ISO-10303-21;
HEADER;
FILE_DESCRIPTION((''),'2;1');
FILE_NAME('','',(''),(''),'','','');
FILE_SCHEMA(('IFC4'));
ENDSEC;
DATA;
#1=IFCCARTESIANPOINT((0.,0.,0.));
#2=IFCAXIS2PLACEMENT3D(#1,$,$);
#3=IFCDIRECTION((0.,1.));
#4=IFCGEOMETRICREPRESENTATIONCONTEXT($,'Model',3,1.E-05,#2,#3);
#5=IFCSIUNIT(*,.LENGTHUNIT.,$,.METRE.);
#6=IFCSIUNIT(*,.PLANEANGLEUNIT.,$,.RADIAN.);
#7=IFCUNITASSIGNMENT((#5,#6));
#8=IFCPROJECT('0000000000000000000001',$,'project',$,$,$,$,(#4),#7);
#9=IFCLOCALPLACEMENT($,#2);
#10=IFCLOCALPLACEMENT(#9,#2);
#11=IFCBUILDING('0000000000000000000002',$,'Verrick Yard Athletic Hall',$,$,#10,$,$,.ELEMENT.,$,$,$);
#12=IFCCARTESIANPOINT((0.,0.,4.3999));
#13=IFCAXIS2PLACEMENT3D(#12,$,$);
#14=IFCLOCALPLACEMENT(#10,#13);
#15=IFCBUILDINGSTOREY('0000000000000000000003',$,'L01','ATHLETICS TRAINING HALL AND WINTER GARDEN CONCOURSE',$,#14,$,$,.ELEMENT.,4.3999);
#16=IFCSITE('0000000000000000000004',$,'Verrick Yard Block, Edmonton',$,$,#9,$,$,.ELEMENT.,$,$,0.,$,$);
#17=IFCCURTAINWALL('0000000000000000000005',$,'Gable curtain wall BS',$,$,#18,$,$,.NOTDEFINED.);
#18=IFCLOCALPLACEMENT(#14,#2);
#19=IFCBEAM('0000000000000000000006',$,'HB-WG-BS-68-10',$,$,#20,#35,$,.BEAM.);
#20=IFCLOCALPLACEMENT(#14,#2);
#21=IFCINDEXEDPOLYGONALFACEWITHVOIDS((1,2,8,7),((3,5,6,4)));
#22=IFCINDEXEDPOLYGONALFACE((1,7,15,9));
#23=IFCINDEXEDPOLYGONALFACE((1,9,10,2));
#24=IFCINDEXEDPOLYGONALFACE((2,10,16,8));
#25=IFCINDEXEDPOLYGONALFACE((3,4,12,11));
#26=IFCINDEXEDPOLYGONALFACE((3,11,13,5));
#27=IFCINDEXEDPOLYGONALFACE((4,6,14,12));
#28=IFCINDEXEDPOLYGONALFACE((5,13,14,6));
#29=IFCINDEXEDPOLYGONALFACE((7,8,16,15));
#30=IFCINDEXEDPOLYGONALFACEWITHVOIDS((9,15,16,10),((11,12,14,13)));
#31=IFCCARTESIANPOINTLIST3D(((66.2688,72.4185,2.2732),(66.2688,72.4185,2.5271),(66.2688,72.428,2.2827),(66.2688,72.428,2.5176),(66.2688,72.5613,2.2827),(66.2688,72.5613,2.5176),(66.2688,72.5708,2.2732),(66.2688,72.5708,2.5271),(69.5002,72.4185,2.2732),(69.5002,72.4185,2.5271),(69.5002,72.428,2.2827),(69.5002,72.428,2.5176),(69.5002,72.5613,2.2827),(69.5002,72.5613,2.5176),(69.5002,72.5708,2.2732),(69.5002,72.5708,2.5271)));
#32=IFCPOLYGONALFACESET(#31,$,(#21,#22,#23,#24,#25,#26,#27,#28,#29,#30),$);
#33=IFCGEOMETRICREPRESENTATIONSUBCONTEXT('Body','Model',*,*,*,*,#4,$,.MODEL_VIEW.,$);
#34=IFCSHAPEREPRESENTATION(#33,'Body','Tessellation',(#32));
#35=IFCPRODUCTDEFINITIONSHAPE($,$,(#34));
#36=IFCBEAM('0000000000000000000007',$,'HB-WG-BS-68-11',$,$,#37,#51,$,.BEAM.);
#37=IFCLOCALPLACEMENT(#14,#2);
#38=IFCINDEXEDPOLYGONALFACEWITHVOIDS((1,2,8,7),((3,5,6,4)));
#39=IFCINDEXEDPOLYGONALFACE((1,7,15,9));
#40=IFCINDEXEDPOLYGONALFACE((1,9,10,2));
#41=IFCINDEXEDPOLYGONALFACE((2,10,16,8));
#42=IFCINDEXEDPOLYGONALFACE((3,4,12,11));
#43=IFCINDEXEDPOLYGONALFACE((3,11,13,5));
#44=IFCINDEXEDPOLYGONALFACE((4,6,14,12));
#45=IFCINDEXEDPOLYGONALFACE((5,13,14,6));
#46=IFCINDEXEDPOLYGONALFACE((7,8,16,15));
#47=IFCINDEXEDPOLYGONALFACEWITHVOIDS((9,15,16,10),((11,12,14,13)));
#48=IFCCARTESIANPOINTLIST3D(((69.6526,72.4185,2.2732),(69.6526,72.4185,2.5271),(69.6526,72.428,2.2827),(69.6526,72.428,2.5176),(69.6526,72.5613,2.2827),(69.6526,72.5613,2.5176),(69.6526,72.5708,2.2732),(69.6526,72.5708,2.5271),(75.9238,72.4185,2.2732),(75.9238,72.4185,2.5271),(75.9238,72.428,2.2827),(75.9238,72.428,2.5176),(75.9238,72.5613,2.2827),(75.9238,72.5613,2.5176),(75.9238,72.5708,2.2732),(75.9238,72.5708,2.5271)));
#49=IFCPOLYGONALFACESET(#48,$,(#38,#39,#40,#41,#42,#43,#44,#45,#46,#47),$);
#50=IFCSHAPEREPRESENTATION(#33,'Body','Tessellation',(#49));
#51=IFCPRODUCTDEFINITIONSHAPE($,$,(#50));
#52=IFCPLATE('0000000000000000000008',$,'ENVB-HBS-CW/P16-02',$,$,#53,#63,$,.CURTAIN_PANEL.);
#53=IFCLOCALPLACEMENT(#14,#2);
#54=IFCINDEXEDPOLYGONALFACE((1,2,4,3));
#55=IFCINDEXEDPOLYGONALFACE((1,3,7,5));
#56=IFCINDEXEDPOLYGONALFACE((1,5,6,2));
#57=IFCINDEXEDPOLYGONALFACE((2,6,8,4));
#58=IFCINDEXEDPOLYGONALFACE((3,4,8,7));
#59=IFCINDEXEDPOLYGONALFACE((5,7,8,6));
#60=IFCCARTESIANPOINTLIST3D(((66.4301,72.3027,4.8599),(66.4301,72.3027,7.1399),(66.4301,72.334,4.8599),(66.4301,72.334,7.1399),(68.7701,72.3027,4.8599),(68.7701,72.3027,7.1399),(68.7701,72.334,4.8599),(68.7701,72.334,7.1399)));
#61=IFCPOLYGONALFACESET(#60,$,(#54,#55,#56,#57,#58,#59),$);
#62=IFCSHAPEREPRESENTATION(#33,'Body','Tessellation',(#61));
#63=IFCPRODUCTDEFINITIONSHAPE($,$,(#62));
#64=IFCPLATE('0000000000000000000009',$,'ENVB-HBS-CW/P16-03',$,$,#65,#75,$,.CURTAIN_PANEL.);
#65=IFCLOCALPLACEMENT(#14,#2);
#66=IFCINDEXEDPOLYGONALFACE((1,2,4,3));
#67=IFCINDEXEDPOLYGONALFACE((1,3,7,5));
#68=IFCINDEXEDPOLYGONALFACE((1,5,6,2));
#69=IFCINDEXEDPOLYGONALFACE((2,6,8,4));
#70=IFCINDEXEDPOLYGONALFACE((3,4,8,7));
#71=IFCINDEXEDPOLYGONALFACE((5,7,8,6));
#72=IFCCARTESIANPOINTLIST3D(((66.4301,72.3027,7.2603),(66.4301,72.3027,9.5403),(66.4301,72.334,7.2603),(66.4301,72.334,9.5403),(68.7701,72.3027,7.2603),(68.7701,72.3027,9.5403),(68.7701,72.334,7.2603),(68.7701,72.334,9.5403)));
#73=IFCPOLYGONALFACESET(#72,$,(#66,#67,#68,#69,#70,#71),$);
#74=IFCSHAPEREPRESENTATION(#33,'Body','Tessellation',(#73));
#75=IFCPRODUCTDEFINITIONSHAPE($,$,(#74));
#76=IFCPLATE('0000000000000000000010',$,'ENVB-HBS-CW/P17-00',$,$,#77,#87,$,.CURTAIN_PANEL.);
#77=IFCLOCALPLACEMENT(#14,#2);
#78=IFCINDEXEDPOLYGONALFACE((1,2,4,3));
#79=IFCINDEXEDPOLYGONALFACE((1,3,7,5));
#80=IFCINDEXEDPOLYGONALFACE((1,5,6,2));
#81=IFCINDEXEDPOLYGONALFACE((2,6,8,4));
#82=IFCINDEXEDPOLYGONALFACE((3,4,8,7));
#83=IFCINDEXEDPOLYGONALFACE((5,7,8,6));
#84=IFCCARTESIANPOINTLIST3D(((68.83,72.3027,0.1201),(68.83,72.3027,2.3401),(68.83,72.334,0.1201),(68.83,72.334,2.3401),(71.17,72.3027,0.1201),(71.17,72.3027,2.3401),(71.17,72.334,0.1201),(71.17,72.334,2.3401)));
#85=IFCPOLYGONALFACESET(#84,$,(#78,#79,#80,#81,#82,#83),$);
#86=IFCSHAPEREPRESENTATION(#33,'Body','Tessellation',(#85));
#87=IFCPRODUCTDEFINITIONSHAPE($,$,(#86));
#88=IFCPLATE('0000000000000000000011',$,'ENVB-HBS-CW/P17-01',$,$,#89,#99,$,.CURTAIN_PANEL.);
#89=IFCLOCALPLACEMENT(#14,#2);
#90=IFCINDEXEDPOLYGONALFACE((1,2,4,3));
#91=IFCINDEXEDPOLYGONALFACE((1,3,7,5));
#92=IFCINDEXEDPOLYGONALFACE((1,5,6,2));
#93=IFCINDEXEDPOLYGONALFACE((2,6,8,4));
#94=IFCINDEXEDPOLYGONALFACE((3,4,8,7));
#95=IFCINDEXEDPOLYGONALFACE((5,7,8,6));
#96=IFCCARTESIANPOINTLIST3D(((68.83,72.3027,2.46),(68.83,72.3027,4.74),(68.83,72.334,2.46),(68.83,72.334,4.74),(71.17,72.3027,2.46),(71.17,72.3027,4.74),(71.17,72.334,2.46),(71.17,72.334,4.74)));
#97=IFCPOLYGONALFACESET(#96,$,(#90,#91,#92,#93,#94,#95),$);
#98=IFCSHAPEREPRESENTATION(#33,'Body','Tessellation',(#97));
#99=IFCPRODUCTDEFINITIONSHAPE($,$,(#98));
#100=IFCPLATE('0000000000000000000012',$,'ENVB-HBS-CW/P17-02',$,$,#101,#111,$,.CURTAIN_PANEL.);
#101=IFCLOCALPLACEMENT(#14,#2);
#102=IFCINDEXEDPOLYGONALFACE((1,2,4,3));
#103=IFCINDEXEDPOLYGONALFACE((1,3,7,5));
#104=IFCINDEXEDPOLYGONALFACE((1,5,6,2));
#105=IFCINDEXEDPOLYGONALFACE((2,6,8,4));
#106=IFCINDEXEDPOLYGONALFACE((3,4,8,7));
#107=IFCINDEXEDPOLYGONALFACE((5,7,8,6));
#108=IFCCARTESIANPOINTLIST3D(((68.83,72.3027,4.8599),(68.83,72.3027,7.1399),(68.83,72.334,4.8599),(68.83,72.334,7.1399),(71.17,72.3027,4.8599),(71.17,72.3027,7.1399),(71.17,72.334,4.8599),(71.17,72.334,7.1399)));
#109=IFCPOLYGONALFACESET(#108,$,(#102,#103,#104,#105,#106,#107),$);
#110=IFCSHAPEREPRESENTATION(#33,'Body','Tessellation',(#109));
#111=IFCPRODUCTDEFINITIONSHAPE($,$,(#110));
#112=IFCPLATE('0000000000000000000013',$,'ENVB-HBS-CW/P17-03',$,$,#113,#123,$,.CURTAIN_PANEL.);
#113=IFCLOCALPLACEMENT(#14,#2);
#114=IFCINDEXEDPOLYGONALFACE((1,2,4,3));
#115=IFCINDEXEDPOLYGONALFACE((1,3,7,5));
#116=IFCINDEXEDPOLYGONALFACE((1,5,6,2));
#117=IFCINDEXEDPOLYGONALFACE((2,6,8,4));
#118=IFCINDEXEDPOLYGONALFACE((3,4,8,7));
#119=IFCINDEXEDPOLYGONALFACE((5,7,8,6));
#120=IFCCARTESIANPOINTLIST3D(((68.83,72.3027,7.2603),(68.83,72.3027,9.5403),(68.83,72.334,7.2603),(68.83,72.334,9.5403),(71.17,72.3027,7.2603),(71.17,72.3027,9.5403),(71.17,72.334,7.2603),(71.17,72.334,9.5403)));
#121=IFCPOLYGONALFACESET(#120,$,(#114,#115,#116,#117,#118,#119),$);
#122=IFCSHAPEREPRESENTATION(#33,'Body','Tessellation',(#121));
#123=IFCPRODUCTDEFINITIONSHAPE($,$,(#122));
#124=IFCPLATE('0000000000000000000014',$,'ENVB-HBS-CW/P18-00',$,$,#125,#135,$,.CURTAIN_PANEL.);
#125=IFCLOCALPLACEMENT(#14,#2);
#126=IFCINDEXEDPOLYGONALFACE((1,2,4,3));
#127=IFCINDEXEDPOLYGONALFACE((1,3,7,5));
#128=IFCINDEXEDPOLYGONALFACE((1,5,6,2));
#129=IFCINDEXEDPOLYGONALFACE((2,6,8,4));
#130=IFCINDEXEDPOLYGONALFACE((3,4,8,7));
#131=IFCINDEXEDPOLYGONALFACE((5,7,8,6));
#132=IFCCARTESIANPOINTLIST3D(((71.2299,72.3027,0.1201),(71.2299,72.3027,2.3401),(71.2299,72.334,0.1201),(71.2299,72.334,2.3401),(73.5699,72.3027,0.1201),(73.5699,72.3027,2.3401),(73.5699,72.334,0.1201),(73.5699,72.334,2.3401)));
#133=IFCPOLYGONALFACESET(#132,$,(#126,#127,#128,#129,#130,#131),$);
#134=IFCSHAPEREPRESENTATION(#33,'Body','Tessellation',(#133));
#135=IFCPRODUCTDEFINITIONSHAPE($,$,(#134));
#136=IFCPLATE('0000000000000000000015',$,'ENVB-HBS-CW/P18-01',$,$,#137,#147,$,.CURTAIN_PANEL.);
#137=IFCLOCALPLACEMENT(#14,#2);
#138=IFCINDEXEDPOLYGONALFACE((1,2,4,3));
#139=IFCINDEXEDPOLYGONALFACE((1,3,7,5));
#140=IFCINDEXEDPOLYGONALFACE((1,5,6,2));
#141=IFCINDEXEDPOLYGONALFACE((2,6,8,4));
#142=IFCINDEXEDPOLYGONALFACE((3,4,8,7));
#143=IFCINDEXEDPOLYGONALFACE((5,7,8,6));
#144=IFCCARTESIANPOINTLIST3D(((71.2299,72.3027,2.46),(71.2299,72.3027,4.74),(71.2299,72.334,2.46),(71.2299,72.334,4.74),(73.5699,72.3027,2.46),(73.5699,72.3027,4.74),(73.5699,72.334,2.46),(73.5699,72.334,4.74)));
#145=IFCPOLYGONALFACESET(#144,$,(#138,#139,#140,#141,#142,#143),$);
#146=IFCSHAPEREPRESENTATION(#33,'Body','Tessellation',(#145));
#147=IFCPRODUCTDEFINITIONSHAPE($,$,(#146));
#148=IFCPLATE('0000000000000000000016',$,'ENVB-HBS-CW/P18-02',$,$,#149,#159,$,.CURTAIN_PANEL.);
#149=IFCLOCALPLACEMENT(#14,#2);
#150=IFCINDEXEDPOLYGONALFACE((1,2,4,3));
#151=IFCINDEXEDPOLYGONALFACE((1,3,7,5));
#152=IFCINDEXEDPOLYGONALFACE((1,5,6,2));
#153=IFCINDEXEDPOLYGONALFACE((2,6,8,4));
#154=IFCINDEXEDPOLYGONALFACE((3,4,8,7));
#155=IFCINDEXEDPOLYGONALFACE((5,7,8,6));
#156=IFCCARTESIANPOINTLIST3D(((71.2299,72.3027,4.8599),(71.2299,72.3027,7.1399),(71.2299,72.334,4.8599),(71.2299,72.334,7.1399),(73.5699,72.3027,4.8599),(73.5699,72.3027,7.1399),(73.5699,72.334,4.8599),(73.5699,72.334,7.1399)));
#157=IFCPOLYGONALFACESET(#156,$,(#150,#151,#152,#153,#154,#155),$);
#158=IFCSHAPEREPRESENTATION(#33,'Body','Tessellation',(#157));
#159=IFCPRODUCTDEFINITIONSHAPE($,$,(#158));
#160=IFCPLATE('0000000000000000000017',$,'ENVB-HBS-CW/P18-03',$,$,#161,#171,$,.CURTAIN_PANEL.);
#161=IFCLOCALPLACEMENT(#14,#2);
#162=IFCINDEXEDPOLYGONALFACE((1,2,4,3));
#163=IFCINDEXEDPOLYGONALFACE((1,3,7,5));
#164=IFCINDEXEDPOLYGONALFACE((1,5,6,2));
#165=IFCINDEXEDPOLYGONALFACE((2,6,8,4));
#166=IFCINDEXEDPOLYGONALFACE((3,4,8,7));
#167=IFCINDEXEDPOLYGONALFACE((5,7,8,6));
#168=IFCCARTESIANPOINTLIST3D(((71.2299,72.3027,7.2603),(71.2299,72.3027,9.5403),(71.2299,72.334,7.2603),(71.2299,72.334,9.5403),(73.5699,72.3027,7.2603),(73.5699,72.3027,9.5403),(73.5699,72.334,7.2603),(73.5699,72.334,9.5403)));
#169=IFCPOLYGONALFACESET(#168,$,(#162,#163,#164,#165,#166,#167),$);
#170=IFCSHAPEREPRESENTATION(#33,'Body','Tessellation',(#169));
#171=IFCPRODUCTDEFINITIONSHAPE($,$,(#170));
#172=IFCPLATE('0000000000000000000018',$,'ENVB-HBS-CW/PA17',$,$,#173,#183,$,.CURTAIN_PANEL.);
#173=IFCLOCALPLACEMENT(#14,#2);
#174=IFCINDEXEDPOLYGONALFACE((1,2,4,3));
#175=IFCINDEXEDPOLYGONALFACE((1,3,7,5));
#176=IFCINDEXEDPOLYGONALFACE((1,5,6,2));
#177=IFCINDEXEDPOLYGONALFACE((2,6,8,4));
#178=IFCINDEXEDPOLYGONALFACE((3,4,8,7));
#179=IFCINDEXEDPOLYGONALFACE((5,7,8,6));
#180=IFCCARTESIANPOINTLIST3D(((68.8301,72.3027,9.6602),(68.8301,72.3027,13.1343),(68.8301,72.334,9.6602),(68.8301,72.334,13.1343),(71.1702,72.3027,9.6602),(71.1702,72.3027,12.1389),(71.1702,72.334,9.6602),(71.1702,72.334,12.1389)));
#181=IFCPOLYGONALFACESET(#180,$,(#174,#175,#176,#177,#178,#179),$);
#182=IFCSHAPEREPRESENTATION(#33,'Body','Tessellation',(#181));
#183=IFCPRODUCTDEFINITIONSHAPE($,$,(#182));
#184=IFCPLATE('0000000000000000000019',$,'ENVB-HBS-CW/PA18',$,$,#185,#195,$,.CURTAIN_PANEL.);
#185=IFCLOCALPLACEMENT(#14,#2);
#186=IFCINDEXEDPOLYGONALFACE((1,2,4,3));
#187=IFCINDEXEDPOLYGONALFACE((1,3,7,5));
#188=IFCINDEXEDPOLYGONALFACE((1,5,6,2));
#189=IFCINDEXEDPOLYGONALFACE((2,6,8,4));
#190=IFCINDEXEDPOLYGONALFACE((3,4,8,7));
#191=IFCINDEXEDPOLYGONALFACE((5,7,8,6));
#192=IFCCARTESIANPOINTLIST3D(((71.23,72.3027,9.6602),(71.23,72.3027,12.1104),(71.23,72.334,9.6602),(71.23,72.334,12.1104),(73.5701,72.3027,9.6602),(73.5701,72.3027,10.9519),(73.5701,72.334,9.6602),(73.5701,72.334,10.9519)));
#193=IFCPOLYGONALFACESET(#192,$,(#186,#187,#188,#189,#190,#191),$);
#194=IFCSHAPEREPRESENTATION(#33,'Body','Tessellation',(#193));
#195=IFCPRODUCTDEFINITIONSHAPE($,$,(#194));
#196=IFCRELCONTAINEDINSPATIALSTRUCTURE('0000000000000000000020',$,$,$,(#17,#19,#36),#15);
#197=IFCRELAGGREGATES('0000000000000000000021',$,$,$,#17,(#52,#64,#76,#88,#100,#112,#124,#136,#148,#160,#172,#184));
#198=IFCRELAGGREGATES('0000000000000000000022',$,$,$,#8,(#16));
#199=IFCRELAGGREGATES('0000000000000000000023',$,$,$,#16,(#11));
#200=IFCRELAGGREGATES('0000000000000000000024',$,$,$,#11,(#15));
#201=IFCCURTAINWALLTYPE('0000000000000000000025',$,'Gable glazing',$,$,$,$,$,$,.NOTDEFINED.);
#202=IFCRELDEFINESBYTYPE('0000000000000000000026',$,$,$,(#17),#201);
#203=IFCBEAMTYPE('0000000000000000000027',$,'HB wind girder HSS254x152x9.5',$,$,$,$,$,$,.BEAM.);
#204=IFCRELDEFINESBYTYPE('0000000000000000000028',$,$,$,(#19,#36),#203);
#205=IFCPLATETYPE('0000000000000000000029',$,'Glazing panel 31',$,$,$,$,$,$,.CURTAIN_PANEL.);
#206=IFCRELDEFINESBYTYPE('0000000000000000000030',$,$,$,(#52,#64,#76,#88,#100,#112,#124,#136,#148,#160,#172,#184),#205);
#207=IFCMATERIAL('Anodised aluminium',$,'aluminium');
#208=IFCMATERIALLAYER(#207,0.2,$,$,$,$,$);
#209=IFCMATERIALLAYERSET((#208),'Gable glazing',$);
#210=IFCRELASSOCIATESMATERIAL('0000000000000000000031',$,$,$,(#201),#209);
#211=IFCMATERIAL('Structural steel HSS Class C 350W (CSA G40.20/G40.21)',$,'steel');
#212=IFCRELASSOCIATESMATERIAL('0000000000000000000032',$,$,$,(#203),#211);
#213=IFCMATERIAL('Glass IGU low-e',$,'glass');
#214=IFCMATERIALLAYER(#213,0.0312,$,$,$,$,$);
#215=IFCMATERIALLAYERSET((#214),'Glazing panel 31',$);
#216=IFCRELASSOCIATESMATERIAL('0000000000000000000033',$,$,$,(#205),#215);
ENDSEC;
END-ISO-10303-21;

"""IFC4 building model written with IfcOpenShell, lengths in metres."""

from ifc_helpers import new_model, si_unit, direction, frame, origin, origin_2d, place, context, subcontext, project, spatial, polyline, rectangle, hollow_rectangle, outline, extrude, material, layer, layer_set, material_profile, profile_set, type_object, element, aggregate, save


model = new_model("IFC4")

# Units and contexts
model_context = context("Model", 3, precision=1e-05, world=origin(), true_north=direction((0.0, 1.0)))
body_context = subcontext(model_context, "Body", "Model", "MODEL_VIEW")
ifc_project = project(units=[si_unit("LENGTHUNIT", "METRE"), si_unit("PLANEANGLEUNIT", "RADIAN")], contexts=[model_context])

# Site, building, storey
site_placement = place(None, origin())
site = spatial("IfcSite", under=ifc_project, at=site_placement, Name="Verrick Yard Block, Edmonton", CompositionType="ELEMENT", RefElevation=0.0)
building_placement = place(site_placement, origin())
building = spatial("IfcBuilding", under=site, at=building_placement, Name="Verrick Yard Athletic Hall", CompositionType="ELEMENT")
storey_placement = place(building_placement, frame((0.0, 0.0, 4.3999)))
storey = spatial("IfcBuildingStorey", under=building, at=storey_placement, Name="L01", Description="ATHLETICS TRAINING HALL AND WINTER GARDEN CONCOURSE", CompositionType="ELEMENT", Elevation=4.3999)

# Curtain wall
ifc_material_1 = material(Name="Anodised aluminium", Category="aluminium")
ifc_layer_1 = layer(ifc_material_1, 0.2)
ifc_layer_set_1 = layer_set([ifc_layer_1], Name="Gable glazing")
curtain_wall_type = type_object("IfcCurtainWallType", Name="Gable glazing", PredefinedType="NOTDEFINED", material=ifc_layer_set_1)
curtain_wall_placement = place(storey_placement, origin())
curtain_wall = element("IfcCurtainWall", 1, at=curtain_wall_placement, inside=storey, type_object=curtain_wall_type, Name="Gable curtain wall BS", PredefinedType="NOTDEFINED")

# Beams
ifc_material_2 = material(Name="Structural steel HSS Class C 350W (CSA G40.20/G40.21)", Category="steel")
ifc_material_profile_1 = material_profile(ifc_material_2, hollow_rectangle(XDim=0.1523, YDim=0.2539, WallThickness=0.0095, at=origin_2d()), Name="HSS254x152x9.5")
ifc_profile_set_1 = profile_set([ifc_material_profile_1], Name="Structural steel HSS Class C 350W (CSA G40.20/G40.21)")
beam_type = type_object("IfcBeamType", Name="HB wind girder HSS254x152x9.5", PredefinedType="BEAM", material=ifc_profile_set_1)
beam_1_placement = place(storey_placement, frame((66.2688, 72.4946, 2.4001), z_axis=(1.0, 0.0, 0.0), x_axis=(0.0, 1.0, 0.0)))
element("IfcBeam", 2, at=beam_1_placement, inside=storey, type_object=beam_type, Name="HB-WG-BS-68-10", PredefinedType="BEAM", context=body_context, shape_type="SweptSolid", body=[
    extrude(hollow_rectangle(XDim=0.1523, YDim=0.2539, WallThickness=0.0095, at=origin_2d()), origin(), (0.0, 0.0, 1.0), 3.2314),
])
beam_2_placement = place(storey_placement, frame((69.6526, 72.4946, 2.4001), z_axis=(1.0, 0.0, 0.0), x_axis=(0.0, 1.0, 0.0)))
element("IfcBeam", 3, at=beam_2_placement, inside=storey, type_object=beam_type, Name="HB-WG-BS-68-11", PredefinedType="BEAM", context=body_context, shape_type="SweptSolid", body=[
    extrude(hollow_rectangle(XDim=0.1523, YDim=0.2539, WallThickness=0.0095, at=origin_2d()), origin(), (0.0, 0.0, 1.0), 6.2712),
])

# Plates
ifc_material_3 = material(Name="Glass IGU low-e", Category="glass")
ifc_layer_2 = layer(ifc_material_3, 0.0312)
ifc_layer_set_2 = layer_set([ifc_layer_2], Name="Glazing panel 31")
plate_type = type_object("IfcPlateType", Name="Glazing panel 31", PredefinedType="CURTAIN_PANEL", material=ifc_layer_set_2)
plate_1_placement = place(storey_placement, frame((67.6001, 72.3184, 4.8599), z_axis=(0.0, 0.0, 1.0), x_axis=(1.0, 0.0, 0.0)))
plate_1 = element("IfcPlate", 4, at=plate_1_placement, type_object=plate_type, Name="ENVB-HBS-CW/P16-02", PredefinedType="CURTAIN_PANEL", context=body_context, shape_type="SweptSolid", body=[
    extrude(rectangle(XDim=2.3401, YDim=0.0312, at=origin_2d()), origin(), (0.0, 0.0, 1.0), 2.28),
])
plate_2_placement = place(storey_placement, frame((67.6001, 72.3184, 7.2603), z_axis=(0.0, 0.0, 1.0), x_axis=(1.0, 0.0, 0.0)))
plate_2 = element("IfcPlate", 5, at=plate_2_placement, type_object=plate_type, Name="ENVB-HBS-CW/P16-03", PredefinedType="CURTAIN_PANEL", context=body_context, shape_type="SweptSolid", body=[
    extrude(rectangle(XDim=2.3401, YDim=0.0312, at=origin_2d()), origin(), (0.0, 0.0, 1.0), 2.28),
])
plate_3_placement = place(storey_placement, frame((70.0, 72.3184, 0.1201), z_axis=(0.0, 0.0, 1.0), x_axis=(1.0, 0.0, 0.0)))
plate_3 = element("IfcPlate", 6, at=plate_3_placement, type_object=plate_type, Name="ENVB-HBS-CW/P17-00", PredefinedType="CURTAIN_PANEL", context=body_context, shape_type="SweptSolid", body=[
    extrude(rectangle(XDim=2.3401, YDim=0.0312, at=origin_2d()), origin(), (0.0, 0.0, 1.0), 2.22),
])
plate_4_placement = place(storey_placement, frame((70.0, 72.3184, 2.46), z_axis=(0.0, 0.0, 1.0), x_axis=(1.0, 0.0, 0.0)))
plate_4 = element("IfcPlate", 7, at=plate_4_placement, type_object=plate_type, Name="ENVB-HBS-CW/P17-01", PredefinedType="CURTAIN_PANEL", context=body_context, shape_type="SweptSolid", body=[
    extrude(rectangle(XDim=2.3401, YDim=0.0312, at=origin_2d()), origin(), (0.0, 0.0, 1.0), 2.28),
])
plate_5_placement = place(storey_placement, frame((70.0, 72.3184, 4.8599), z_axis=(0.0, 0.0, 1.0), x_axis=(1.0, 0.0, 0.0)))
plate_5 = element("IfcPlate", 8, at=plate_5_placement, type_object=plate_type, Name="ENVB-HBS-CW/P17-02", PredefinedType="CURTAIN_PANEL", context=body_context, shape_type="SweptSolid", body=[
    extrude(rectangle(XDim=2.3401, YDim=0.0312, at=origin_2d()), origin(), (0.0, 0.0, 1.0), 2.28),
])
plate_6_placement = place(storey_placement, frame((70.0, 72.3184, 7.2603), z_axis=(0.0, 0.0, 1.0), x_axis=(1.0, 0.0, 0.0)))
plate_6 = element("IfcPlate", 9, at=plate_6_placement, type_object=plate_type, Name="ENVB-HBS-CW/P17-03", PredefinedType="CURTAIN_PANEL", context=body_context, shape_type="SweptSolid", body=[
    extrude(rectangle(XDim=2.3401, YDim=0.0312, at=origin_2d()), origin(), (0.0, 0.0, 1.0), 2.28),
])
plate_7_placement = place(storey_placement, frame((72.3999, 72.3184, 0.1201), z_axis=(0.0, 0.0, 1.0), x_axis=(1.0, 0.0, 0.0)))
plate_7 = element("IfcPlate", 10, at=plate_7_placement, type_object=plate_type, Name="ENVB-HBS-CW/P18-00", PredefinedType="CURTAIN_PANEL", context=body_context, shape_type="SweptSolid", body=[
    extrude(rectangle(XDim=2.3401, YDim=0.0312, at=origin_2d()), origin(), (0.0, 0.0, 1.0), 2.22),
])
plate_8_placement = place(storey_placement, frame((72.3999, 72.3184, 2.46), z_axis=(0.0, 0.0, 1.0), x_axis=(1.0, 0.0, 0.0)))
plate_8 = element("IfcPlate", 11, at=plate_8_placement, type_object=plate_type, Name="ENVB-HBS-CW/P18-01", PredefinedType="CURTAIN_PANEL", context=body_context, shape_type="SweptSolid", body=[
    extrude(rectangle(XDim=2.3401, YDim=0.0312, at=origin_2d()), origin(), (0.0, 0.0, 1.0), 2.28),
])
plate_9_placement = place(storey_placement, frame((72.3999, 72.3184, 4.8599), z_axis=(0.0, 0.0, 1.0), x_axis=(1.0, 0.0, 0.0)))
plate_9 = element("IfcPlate", 12, at=plate_9_placement, type_object=plate_type, Name="ENVB-HBS-CW/P18-02", PredefinedType="CURTAIN_PANEL", context=body_context, shape_type="SweptSolid", body=[
    extrude(rectangle(XDim=2.3401, YDim=0.0312, at=origin_2d()), origin(), (0.0, 0.0, 1.0), 2.28),
])
plate_10_placement = place(storey_placement, frame((72.3999, 72.3184, 7.2603), z_axis=(0.0, 0.0, 1.0), x_axis=(1.0, 0.0, 0.0)))
plate_10 = element("IfcPlate", 13, at=plate_10_placement, type_object=plate_type, Name="ENVB-HBS-CW/P18-03", PredefinedType="CURTAIN_PANEL", context=body_context, shape_type="SweptSolid", body=[
    extrude(rectangle(XDim=2.3401, YDim=0.0312, at=origin_2d()), origin(), (0.0, 0.0, 1.0), 2.28),
])
plate_11_placement = place(storey_placement, frame((68.8301, 72.3184, 9.6602), z_axis=(0.0, 0.0, 1.0), x_axis=(1.0, 0.0, 0.0)))
plate_11 = element("IfcPlate", 14, at=plate_11_placement, type_object=plate_type, Name="ENVB-HBS-CW/PA17", PredefinedType="CURTAIN_PANEL", context=body_context, shape_type="SweptSolid", body=[
    extrude(outline(polyline([(0.0, 3.4741), (2.3401, 2.4788), (2.3401, 0.0), (0.0, 0.0), (0.0, 3.4741)])), frame((0.0, 0.0156, 0.0), z_axis=(0.0, -1.0, 0.0), x_axis=(1.0, 0.0, 0.0)), (0.0, 0.0, 1.0), 0.0312),
])
plate_12_placement = place(storey_placement, frame((71.23, 72.3184, 9.6602), z_axis=(0.0, 0.0, 1.0), x_axis=(1.0, 0.0, 0.0)))
plate_12 = element("IfcPlate", 15, at=plate_12_placement, type_object=plate_type, Name="ENVB-HBS-CW/PA18", PredefinedType="CURTAIN_PANEL", context=body_context, shape_type="SweptSolid", body=[
    extrude(outline(polyline([(0.0, 2.4502), (2.3401, 1.2917), (2.3401, 0.0), (0.0, 0.0), (0.0, 2.4502)])), frame((0.0, 0.0156, 0.0), z_axis=(0.0, -1.0, 0.0), x_axis=(1.0, 0.0, 0.0)), (0.0, 0.0, 1.0), 0.0312),
])
aggregate(curtain_wall, [plate_1, plate_2, plate_3, plate_4, plate_5, plate_6, plate_7, plate_8, plate_9, plate_10, plate_11, plate_12])

save(model, "model.ifc")
